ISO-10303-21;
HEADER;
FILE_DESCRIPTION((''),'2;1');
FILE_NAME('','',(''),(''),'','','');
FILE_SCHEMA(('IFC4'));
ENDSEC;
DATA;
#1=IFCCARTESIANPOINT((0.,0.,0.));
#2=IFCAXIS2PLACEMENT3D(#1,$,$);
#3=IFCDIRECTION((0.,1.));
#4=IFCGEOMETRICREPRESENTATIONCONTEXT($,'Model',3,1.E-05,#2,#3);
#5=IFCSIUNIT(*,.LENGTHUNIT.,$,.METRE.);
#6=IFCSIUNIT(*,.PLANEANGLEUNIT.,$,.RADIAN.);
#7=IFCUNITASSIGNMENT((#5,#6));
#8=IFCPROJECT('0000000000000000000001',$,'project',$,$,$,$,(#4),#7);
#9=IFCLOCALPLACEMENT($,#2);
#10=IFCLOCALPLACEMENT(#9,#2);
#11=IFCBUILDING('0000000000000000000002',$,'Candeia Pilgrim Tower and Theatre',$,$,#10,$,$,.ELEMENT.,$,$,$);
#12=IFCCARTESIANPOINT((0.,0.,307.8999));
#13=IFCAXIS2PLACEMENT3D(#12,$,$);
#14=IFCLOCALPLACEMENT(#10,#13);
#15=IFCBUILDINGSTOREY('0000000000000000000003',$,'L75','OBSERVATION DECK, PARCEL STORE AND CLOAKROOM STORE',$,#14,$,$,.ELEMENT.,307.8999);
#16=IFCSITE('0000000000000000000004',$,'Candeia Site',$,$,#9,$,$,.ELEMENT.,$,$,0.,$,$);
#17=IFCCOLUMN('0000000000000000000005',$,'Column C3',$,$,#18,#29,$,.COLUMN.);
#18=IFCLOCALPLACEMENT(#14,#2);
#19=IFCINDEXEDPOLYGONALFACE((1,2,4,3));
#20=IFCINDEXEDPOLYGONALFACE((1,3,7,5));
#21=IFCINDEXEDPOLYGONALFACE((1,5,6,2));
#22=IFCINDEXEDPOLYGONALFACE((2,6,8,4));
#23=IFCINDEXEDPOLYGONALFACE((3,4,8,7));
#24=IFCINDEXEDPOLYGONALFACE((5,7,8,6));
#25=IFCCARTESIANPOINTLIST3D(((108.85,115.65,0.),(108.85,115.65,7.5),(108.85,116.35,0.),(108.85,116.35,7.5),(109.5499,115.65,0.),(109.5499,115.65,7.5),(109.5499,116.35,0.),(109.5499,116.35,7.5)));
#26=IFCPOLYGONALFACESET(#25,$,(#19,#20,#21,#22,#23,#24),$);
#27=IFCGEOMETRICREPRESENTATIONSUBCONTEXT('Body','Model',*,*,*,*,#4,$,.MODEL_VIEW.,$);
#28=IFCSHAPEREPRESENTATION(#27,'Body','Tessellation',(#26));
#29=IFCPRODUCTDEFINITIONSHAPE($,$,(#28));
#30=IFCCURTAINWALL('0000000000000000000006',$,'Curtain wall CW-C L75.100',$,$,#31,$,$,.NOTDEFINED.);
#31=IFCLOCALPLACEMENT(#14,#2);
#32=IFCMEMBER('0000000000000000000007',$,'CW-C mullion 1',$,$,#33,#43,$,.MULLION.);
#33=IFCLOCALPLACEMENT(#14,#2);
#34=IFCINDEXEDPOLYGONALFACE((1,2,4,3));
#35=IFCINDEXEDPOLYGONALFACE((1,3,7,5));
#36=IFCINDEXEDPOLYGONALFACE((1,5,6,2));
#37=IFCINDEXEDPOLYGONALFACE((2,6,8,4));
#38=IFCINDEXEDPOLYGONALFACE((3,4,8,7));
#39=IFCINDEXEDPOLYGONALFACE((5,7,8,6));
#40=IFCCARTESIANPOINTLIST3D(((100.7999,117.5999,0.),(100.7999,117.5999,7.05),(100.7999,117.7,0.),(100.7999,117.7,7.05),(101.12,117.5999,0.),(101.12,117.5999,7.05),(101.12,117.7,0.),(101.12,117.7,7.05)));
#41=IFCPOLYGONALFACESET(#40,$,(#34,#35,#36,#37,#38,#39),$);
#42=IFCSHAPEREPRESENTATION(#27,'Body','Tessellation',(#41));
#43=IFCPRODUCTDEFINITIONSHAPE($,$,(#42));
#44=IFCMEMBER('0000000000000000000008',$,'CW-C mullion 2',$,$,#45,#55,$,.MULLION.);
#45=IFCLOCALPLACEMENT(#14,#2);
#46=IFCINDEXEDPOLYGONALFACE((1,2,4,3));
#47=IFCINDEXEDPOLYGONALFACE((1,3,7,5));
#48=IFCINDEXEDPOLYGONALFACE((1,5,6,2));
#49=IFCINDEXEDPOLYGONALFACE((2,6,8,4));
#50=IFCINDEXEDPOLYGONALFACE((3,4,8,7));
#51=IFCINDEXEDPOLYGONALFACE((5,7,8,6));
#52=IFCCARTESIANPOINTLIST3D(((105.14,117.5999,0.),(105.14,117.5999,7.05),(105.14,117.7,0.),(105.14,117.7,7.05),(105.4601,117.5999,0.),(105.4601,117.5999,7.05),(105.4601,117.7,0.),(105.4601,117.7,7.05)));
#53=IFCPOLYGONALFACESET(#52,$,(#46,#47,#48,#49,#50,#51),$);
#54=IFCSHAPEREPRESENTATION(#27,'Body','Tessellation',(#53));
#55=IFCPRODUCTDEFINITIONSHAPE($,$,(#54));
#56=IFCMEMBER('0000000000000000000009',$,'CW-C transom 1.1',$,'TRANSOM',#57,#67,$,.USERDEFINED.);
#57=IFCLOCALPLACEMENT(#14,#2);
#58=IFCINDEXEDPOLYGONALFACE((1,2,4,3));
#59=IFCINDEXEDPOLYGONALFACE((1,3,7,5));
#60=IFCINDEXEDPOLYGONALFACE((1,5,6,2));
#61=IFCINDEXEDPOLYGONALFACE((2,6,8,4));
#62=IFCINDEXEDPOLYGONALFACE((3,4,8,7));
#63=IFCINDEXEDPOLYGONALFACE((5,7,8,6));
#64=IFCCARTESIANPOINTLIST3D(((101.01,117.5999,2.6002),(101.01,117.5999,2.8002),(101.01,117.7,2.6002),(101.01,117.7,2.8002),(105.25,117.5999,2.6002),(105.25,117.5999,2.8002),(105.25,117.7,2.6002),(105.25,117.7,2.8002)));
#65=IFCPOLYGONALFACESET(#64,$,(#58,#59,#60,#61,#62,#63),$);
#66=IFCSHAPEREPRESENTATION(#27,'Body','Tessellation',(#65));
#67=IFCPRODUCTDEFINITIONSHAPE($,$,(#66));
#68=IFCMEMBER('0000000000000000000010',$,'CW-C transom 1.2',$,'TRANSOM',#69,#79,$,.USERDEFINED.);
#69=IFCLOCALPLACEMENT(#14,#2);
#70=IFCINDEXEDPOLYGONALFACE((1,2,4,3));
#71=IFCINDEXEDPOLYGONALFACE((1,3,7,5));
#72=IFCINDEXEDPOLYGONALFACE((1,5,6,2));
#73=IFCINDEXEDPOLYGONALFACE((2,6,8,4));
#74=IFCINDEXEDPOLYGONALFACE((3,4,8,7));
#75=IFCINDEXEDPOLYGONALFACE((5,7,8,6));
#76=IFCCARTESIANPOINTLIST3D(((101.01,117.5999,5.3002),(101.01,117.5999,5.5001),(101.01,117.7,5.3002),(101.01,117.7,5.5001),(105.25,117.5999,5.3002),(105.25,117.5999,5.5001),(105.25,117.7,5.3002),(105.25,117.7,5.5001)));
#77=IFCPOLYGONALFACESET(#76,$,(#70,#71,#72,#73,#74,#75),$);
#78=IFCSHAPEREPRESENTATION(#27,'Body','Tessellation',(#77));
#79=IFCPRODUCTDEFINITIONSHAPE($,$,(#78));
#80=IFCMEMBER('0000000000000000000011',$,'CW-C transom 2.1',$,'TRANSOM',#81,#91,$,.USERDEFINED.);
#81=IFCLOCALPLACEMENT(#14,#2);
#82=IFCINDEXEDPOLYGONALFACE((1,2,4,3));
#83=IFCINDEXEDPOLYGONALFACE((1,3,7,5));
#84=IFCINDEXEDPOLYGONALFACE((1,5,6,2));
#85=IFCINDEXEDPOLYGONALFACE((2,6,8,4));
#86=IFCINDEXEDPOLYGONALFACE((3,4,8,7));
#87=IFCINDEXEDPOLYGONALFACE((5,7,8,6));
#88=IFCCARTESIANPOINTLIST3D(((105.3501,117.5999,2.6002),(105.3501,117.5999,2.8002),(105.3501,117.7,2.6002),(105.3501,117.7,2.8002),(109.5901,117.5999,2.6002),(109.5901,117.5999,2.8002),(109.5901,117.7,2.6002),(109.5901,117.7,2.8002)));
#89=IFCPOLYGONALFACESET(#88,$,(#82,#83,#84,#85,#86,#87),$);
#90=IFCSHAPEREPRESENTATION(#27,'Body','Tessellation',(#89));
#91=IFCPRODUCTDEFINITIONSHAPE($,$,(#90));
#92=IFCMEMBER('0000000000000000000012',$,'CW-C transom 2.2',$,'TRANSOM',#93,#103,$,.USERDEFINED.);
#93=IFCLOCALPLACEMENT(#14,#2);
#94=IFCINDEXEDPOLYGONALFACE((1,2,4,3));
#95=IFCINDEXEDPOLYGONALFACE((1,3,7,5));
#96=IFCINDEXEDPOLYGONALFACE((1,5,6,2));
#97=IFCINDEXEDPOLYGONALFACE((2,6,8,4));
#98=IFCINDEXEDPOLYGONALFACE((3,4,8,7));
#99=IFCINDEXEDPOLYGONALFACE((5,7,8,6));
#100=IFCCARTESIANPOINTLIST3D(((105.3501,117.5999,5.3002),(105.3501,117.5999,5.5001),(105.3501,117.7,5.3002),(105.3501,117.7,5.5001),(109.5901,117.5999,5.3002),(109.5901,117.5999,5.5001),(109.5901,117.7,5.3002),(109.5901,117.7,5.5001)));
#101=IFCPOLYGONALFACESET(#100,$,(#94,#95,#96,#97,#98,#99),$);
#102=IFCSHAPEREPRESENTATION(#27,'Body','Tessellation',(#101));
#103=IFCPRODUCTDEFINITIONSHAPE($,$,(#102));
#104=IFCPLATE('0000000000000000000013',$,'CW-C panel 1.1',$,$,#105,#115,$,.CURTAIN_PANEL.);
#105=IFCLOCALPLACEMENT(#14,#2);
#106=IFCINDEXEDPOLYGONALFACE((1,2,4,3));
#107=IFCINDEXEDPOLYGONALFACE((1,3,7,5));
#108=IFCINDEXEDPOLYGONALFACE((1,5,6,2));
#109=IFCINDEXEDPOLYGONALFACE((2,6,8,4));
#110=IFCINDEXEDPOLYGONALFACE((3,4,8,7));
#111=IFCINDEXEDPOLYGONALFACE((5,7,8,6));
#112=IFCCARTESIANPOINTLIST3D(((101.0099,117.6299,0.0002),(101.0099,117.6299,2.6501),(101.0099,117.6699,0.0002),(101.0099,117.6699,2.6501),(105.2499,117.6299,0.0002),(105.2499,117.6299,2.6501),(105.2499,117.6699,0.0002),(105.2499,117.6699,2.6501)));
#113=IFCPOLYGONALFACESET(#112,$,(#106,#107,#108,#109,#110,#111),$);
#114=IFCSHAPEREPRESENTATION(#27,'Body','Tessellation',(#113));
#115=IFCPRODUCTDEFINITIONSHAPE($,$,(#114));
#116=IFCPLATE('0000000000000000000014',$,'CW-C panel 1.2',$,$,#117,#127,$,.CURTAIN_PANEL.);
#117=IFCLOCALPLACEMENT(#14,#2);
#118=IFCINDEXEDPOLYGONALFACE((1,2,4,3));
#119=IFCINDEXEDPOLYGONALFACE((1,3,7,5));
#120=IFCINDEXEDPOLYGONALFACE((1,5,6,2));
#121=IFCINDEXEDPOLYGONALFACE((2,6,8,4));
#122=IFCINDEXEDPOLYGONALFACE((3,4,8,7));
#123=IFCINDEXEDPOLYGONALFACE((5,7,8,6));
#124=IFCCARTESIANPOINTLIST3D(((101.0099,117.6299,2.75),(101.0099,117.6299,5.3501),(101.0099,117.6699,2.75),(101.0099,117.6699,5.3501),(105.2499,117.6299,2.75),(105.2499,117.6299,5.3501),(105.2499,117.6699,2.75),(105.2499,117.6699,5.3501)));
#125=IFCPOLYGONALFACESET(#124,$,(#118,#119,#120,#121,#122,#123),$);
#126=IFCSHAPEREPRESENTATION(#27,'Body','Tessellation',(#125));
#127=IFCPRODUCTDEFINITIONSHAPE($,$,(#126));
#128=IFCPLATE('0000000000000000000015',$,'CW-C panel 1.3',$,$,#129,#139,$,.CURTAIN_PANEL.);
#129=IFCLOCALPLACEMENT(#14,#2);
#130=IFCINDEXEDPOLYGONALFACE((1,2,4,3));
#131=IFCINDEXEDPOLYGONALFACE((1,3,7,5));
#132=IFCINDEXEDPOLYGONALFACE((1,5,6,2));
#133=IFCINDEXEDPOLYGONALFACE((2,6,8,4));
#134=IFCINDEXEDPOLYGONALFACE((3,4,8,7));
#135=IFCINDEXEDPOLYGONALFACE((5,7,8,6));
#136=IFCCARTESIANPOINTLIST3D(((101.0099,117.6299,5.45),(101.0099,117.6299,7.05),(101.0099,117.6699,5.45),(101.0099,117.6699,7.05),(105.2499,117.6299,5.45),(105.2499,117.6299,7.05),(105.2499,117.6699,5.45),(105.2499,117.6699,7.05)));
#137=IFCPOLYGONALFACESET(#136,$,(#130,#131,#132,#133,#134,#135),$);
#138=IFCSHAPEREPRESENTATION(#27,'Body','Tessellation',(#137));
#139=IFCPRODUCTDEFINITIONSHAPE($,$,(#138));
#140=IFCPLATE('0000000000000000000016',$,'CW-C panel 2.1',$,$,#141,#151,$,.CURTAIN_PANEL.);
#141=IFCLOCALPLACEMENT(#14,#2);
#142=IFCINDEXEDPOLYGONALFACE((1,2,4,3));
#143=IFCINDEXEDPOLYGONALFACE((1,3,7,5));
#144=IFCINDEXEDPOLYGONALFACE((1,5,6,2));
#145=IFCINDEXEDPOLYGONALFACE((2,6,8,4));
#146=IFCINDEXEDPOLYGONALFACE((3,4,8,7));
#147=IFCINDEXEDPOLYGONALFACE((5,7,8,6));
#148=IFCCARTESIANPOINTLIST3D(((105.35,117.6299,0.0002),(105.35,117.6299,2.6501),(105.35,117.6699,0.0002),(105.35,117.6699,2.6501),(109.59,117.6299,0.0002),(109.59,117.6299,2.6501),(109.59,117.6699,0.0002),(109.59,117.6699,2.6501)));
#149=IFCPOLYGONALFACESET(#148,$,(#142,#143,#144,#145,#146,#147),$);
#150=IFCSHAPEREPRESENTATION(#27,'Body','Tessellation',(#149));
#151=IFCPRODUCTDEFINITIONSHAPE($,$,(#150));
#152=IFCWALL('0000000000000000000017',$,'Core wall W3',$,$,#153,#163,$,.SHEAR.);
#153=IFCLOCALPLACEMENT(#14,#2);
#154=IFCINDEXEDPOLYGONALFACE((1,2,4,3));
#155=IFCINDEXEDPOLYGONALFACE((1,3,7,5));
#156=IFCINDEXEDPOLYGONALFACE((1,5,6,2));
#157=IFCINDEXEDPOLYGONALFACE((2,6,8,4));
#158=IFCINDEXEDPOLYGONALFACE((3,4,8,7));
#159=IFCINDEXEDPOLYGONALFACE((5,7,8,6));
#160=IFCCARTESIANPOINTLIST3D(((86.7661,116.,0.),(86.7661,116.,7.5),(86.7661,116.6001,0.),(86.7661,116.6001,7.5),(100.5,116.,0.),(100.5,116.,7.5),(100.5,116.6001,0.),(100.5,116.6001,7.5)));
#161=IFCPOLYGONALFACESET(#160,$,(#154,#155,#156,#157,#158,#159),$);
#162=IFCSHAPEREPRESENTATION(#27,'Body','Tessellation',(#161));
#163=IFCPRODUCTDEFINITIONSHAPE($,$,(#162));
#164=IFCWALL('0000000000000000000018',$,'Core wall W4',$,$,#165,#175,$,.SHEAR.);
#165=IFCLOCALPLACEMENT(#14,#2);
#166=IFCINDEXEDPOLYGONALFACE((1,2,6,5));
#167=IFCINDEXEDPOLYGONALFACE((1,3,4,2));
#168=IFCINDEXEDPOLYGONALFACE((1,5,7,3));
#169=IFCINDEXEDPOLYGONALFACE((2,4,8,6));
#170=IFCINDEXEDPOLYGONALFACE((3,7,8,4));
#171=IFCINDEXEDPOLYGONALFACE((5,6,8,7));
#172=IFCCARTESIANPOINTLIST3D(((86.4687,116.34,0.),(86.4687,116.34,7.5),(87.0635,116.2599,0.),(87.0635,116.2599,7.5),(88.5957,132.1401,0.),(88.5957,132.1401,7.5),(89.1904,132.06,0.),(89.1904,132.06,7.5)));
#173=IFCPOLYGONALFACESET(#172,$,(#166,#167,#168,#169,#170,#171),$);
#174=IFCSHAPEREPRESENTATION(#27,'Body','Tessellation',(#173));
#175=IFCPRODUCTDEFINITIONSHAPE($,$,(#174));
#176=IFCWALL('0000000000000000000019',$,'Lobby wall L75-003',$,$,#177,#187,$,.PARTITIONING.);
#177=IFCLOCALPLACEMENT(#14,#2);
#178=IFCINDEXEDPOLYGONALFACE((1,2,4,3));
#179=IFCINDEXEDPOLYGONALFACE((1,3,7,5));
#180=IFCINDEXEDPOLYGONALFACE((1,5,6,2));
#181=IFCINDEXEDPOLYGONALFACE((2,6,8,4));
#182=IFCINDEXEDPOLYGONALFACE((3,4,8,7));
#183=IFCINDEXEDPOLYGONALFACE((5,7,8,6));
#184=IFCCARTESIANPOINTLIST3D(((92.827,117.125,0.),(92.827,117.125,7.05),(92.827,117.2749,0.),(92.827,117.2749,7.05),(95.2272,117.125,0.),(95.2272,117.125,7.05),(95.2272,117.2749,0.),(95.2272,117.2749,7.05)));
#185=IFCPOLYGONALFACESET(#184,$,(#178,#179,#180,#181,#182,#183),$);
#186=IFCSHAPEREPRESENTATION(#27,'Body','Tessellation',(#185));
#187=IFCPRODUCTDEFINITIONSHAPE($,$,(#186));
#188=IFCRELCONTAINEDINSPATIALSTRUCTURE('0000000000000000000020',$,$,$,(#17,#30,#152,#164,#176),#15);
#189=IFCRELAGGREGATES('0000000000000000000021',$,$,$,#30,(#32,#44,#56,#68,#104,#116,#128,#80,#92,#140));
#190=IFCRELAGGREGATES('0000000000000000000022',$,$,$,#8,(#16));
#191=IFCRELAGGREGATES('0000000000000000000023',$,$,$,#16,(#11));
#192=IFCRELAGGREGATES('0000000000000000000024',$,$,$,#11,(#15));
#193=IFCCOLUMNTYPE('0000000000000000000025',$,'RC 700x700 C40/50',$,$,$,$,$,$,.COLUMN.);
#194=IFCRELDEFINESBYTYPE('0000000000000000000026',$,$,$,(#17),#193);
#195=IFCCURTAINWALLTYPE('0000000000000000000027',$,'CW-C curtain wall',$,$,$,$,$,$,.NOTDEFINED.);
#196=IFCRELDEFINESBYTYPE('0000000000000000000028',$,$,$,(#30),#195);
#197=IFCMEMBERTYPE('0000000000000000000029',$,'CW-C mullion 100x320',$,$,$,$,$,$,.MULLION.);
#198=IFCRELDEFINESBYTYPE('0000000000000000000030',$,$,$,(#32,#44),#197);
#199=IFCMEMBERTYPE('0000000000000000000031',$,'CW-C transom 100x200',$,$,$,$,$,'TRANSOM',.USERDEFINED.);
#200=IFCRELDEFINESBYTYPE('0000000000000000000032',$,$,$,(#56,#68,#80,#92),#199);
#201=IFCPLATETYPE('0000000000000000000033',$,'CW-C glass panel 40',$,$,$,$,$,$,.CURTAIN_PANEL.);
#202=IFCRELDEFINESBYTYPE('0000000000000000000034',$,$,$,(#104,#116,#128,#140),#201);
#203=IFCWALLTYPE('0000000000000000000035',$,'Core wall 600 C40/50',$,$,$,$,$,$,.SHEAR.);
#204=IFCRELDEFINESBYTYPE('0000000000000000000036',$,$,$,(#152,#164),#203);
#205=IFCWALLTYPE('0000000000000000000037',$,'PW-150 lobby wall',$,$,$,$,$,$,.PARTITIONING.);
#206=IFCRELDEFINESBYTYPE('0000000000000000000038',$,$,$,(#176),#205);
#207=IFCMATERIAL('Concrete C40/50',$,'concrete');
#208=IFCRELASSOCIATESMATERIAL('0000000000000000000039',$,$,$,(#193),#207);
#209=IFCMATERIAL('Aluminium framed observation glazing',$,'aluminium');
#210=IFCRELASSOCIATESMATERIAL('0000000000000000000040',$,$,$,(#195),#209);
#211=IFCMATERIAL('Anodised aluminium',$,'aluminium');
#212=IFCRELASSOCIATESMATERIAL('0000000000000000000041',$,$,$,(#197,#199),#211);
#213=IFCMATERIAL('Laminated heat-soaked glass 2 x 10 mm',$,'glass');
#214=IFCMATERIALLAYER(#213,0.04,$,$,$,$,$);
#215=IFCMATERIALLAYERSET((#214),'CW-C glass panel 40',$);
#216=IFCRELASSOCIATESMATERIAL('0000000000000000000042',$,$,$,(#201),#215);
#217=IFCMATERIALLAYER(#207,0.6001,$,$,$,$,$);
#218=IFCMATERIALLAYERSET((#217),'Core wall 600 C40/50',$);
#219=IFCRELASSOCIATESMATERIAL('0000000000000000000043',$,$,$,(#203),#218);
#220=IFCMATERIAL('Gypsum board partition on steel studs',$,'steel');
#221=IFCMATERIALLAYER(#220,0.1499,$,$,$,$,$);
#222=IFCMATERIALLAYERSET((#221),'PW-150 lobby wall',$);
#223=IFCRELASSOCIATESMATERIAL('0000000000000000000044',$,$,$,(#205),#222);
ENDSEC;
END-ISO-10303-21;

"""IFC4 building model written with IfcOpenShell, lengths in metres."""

from ifc_helpers import new_model, si_unit, direction, frame, frame_2d, origin, origin_2d, place, context, subcontext, project, spatial, rectangle, extrude, material, layer, layer_set, material_profile, profile_set, type_object, element, aggregate, save


model = new_model("IFC4")

# Units and contexts
model_context = context("Model", 3, precision=1e-05, world=origin(), true_north=direction((0.0, 1.0)))
body_context = subcontext(model_context, "Body", "Model", "MODEL_VIEW")
ifc_project = project(units=[si_unit("LENGTHUNIT", "METRE"), si_unit("PLANEANGLEUNIT", "RADIAN")], contexts=[model_context])

# Site, building, storey
site_placement = place(None, origin())
site = spatial("IfcSite", under=ifc_project, at=site_placement, Name="Candeia Site", CompositionType="ELEMENT", RefElevation=0.0)
building_placement = place(site_placement, origin())
building = spatial("IfcBuilding", under=site, at=building_placement, Name="Candeia Pilgrim Tower and Theatre", CompositionType="ELEMENT")
storey_placement = place(building_placement, frame((0.0, 0.0, 307.8999)))
storey = spatial("IfcBuildingStorey", under=building, at=storey_placement, Name="L75", Description="OBSERVATION DECK, PARCEL STORE AND CLOAKROOM STORE", CompositionType="ELEMENT", Elevation=307.8999)

# Column
ifc_material_1 = material(Name="Concrete C40/50", Category="concrete")
ifc_material_profile_1 = material_profile(ifc_material_1, rectangle(XDim=0.7, YDim=0.7, at=origin_2d()))
ifc_profile_set_1 = profile_set([ifc_material_profile_1], Name="Concrete C40/50")
column_type = type_object("IfcColumnType", Name="RC 700x700 C40/50", PredefinedType="COLUMN", material=ifc_profile_set_1)
column_placement = place(storey_placement, frame((109.2, 116.0, 0.0), z_axis=(0.0, 0.0, 1.0), x_axis=(1.0, 0.0, 0.0)))
element("IfcColumn", 1, at=column_placement, inside=storey, type_object=column_type, Name="Column C3", PredefinedType="COLUMN", context=body_context, shape_type="SweptSolid", body=[
    extrude(rectangle(XDim=0.7, YDim=0.7, at=origin_2d()), origin(), (0.0, 0.0, 1.0), 7.5),
])

# Curtain wall, members, plates
ifc_material_2 = material(Name="Aluminium framed observation glazing", Category="aluminium")
curtain_wall_type = type_object("IfcCurtainWallType", Name="CW-C curtain wall", PredefinedType="NOTDEFINED", material=ifc_material_2)
curtain_wall_placement = place(storey_placement, origin())
curtain_wall = element("IfcCurtainWall", 2, at=curtain_wall_placement, inside=storey, type_object=curtain_wall_type, Name="Curtain wall CW-C L75.100", PredefinedType="NOTDEFINED")
ifc_material_3 = material(Name="Anodised aluminium", Category="aluminium")
ifc_material_profile_2 = material_profile(ifc_material_3, rectangle(XDim=0.1001, YDim=0.3201, at=origin_2d()))
ifc_profile_set_2 = profile_set([ifc_material_profile_2], Name="Anodised aluminium")
member_type_1 = type_object("IfcMemberType", Name="CW-C mullion 100x320", PredefinedType="MULLION", material=ifc_profile_set_2)
member_1_placement = place(storey_placement, frame((100.96, 117.6499, 0.0), z_axis=(0.0, 0.0, 1.0), x_axis=(0.0, 1.0, 0.0)))
member_1 = element("IfcMember", 3, at=member_1_placement, type_object=member_type_1, Name="CW-C mullion 1", PredefinedType="MULLION", context=body_context, shape_type="SweptSolid", body=[
    extrude(rectangle(XDim=0.1001, YDim=0.3201, at=origin_2d()), origin(), (0.0, 0.0, 1.0), 7.05),
])
member_2_placement = place(storey_placement, frame((105.3, 117.6499, 0.0), z_axis=(0.0, 0.0, 1.0), x_axis=(0.0, 1.0, 0.0)))
member_2 = element("IfcMember", 4, at=member_2_placement, type_object=member_type_1, Name="CW-C mullion 2", PredefinedType="MULLION", context=body_context, shape_type="SweptSolid", body=[
    extrude(rectangle(XDim=0.1001, YDim=0.3201, at=origin_2d()), origin(), (0.0, 0.0, 1.0), 7.05),
])
ifc_material_profile_3 = material_profile(ifc_material_3, rectangle(XDim=0.1001, YDim=0.2, at=origin_2d()))
ifc_profile_set_3 = profile_set([ifc_material_profile_3], Name="Anodised aluminium")
member_type_2 = type_object("IfcMemberType", Name="CW-C transom 100x200", ElementType="TRANSOM", PredefinedType="USERDEFINED", material=ifc_profile_set_3)
member_3_placement = place(storey_placement, frame((101.01, 117.6499, 2.7002), z_axis=(1.0, 0.0, 0.0), x_axis=(0.0, 1.0, 0.0)))
member_3 = element("IfcMember", 5, at=member_3_placement, type_object=member_type_2, Name="CW-C transom 1.1", ObjectType="TRANSOM", PredefinedType="USERDEFINED", context=body_context, shape_type="SweptSolid", body=[
    extrude(rectangle(XDim=0.1001, YDim=0.2, at=origin_2d()), origin(), (0.0, 0.0, 1.0), 4.24),
])
member_4_placement = place(storey_placement, frame((101.01, 117.6499, 5.4001), z_axis=(1.0, 0.0, 0.0), x_axis=(0.0, 1.0, 0.0)))
member_4 = element("IfcMember", 6, at=member_4_placement, type_object=member_type_2, Name="CW-C transom 1.2", ObjectType="TRANSOM", PredefinedType="USERDEFINED", context=body_context, shape_type="SweptSolid", body=[
    extrude(rectangle(XDim=0.1001, YDim=0.2, at=origin_2d()), origin(), (0.0, 0.0, 1.0), 4.24),
])
member_5_placement = place(storey_placement, frame((105.3501, 117.6499, 2.7002), z_axis=(1.0, 0.0, 0.0), x_axis=(0.0, 1.0, 0.0)))
member_5 = element("IfcMember", 7, at=member_5_placement, type_object=member_type_2, Name="CW-C transom 2.1", ObjectType="TRANSOM", PredefinedType="USERDEFINED", context=body_context, shape_type="SweptSolid", body=[
    extrude(rectangle(XDim=0.1001, YDim=0.2, at=origin_2d()), origin(), (0.0, 0.0, 1.0), 4.24),
])
member_6_placement = place(storey_placement, frame((105.3501, 117.6499, 5.4001), z_axis=(1.0, 0.0, 0.0), x_axis=(0.0, 1.0, 0.0)))
member_6 = element("IfcMember", 8, at=member_6_placement, type_object=member_type_2, Name="CW-C transom 2.2", ObjectType="TRANSOM", PredefinedType="USERDEFINED", context=body_context, shape_type="SweptSolid", body=[
    extrude(rectangle(XDim=0.1001, YDim=0.2, at=origin_2d()), origin(), (0.0, 0.0, 1.0), 4.24),
])
ifc_material_4 = material(Name="Laminated heat-soaked glass 2 x 10 mm", Category="glass")
ifc_layer_1 = layer(ifc_material_4, 0.04)
ifc_layer_set_1 = layer_set([ifc_layer_1], Name="CW-C glass panel 40")
plate_type = type_object("IfcPlateType", Name="CW-C glass panel 40", PredefinedType="CURTAIN_PANEL", material=ifc_layer_set_1)
plate_1_placement = place(storey_placement, frame((103.1299, 117.6499, 0.0002), z_axis=(0.0, 0.0, 1.0), x_axis=(1.0, 0.0, 0.0)))
plate_1 = element("IfcPlate", 9, at=plate_1_placement, type_object=plate_type, Name="CW-C panel 1.1", PredefinedType="CURTAIN_PANEL", context=body_context, shape_type="SweptSolid", body=[
    extrude(rectangle(XDim=4.24, YDim=0.04, at=origin_2d()), origin(), (0.0, 0.0, 1.0), 2.6499),
])
plate_2_placement = place(storey_placement, frame((103.1299, 117.6499, 2.75), z_axis=(0.0, 0.0, 1.0), x_axis=(1.0, 0.0, 0.0)))
plate_2 = element("IfcPlate", 10, at=plate_2_placement, type_object=plate_type, Name="CW-C panel 1.2", PredefinedType="CURTAIN_PANEL", context=body_context, shape_type="SweptSolid", body=[
    extrude(rectangle(XDim=4.24, YDim=0.04, at=origin_2d()), origin(), (0.0, 0.0, 1.0), 2.6001),
])
plate_3_placement = place(storey_placement, frame((103.1299, 117.6499, 5.45), z_axis=(0.0, 0.0, 1.0), x_axis=(1.0, 0.0, 0.0)))
plate_3 = element("IfcPlate", 11, at=plate_3_placement, type_object=plate_type, Name="CW-C panel 1.3", PredefinedType="CURTAIN_PANEL", context=body_context, shape_type="SweptSolid", body=[
    extrude(rectangle(XDim=4.24, YDim=0.04, at=origin_2d()), origin(), (0.0, 0.0, 1.0), 1.6001),
])
plate_4_placement = place(storey_placement, frame((107.47, 117.6499, 0.0002), z_axis=(0.0, 0.0, 1.0), x_axis=(1.0, 0.0, 0.0)))
plate_4 = element("IfcPlate", 12, at=plate_4_placement, type_object=plate_type, Name="CW-C panel 2.1", PredefinedType="CURTAIN_PANEL", context=body_context, shape_type="SweptSolid", body=[
    extrude(rectangle(XDim=4.24, YDim=0.04, at=origin_2d()), origin(), (0.0, 0.0, 1.0), 2.6499),
])
aggregate(curtain_wall, [member_1, member_2, member_3, member_4, plate_1, plate_2, plate_3, member_5, member_6, plate_4])

# Walls
ifc_layer_2 = layer(ifc_material_1, 0.6001)
ifc_layer_set_2 = layer_set([ifc_layer_2], Name="Core wall 600 C40/50")
wall_type_1 = type_object("IfcWallType", Name="Core wall 600 C40/50", PredefinedType="SHEAR", material=ifc_layer_set_2)
wall_1_placement = place(storey_placement, frame((100.5, 116.3, 0.0), z_axis=(0.0, 0.0, 1.0), x_axis=(-1.0, 0.0, 0.0)))
element("IfcWall", 13, at=wall_1_placement, inside=storey, type_object=wall_type_1, Name="Core wall W3", PredefinedType="SHEAR", context=body_context, shape_type="SweptSolid", body=[
    extrude(rectangle(XDim=13.7339, YDim=0.6001, at=frame_2d((6.8669, 0.0))), origin(), (0.0, 0.0, 1.0), 7.5),
])
wall_2_placement = place(storey_placement, frame((86.7661, 116.3, 0.0), z_axis=(0.0, 0.0, 1.0), x_axis=(0.133413, 0.99106, 0.0)))
element("IfcWall", 14, at=wall_2_placement, inside=storey, type_object=wall_type_1, Name="Core wall W4", PredefinedType="SHEAR", context=body_context, shape_type="SweptSolid", body=[
    extrude(rectangle(XDim=15.9426, YDim=0.6001, at=frame_2d((7.9712, 0.0))), origin(), (0.0, 0.0, 1.0), 7.5),
])
ifc_material_5 = material(Name="Gypsum board partition on steel studs", Category="steel")
ifc_layer_3 = layer(ifc_material_5, 0.1499)
ifc_layer_set_3 = layer_set([ifc_layer_3], Name="PW-150 lobby wall")
wall_type_2 = type_object("IfcWallType", Name="PW-150 lobby wall", PredefinedType="PARTITIONING", material=ifc_layer_set_3)
wall_3_placement = place(storey_placement, frame((92.8269, 117.2, 0.0), z_axis=(0.0, 0.0, 1.0), x_axis=(1.0, 0.0, 0.0)))
element("IfcWall", 15, at=wall_3_placement, inside=storey, type_object=wall_type_2, Name="Lobby wall L75-003", PredefinedType="PARTITIONING", context=body_context, shape_type="SweptSolid", body=[
    extrude(rectangle(XDim=2.4001, YDim=0.1499, at=frame_2d((1.2002, 0.0))), origin(), (0.0, 0.0, 1.0), 7.05),
])

save(model, "model.ifc")
